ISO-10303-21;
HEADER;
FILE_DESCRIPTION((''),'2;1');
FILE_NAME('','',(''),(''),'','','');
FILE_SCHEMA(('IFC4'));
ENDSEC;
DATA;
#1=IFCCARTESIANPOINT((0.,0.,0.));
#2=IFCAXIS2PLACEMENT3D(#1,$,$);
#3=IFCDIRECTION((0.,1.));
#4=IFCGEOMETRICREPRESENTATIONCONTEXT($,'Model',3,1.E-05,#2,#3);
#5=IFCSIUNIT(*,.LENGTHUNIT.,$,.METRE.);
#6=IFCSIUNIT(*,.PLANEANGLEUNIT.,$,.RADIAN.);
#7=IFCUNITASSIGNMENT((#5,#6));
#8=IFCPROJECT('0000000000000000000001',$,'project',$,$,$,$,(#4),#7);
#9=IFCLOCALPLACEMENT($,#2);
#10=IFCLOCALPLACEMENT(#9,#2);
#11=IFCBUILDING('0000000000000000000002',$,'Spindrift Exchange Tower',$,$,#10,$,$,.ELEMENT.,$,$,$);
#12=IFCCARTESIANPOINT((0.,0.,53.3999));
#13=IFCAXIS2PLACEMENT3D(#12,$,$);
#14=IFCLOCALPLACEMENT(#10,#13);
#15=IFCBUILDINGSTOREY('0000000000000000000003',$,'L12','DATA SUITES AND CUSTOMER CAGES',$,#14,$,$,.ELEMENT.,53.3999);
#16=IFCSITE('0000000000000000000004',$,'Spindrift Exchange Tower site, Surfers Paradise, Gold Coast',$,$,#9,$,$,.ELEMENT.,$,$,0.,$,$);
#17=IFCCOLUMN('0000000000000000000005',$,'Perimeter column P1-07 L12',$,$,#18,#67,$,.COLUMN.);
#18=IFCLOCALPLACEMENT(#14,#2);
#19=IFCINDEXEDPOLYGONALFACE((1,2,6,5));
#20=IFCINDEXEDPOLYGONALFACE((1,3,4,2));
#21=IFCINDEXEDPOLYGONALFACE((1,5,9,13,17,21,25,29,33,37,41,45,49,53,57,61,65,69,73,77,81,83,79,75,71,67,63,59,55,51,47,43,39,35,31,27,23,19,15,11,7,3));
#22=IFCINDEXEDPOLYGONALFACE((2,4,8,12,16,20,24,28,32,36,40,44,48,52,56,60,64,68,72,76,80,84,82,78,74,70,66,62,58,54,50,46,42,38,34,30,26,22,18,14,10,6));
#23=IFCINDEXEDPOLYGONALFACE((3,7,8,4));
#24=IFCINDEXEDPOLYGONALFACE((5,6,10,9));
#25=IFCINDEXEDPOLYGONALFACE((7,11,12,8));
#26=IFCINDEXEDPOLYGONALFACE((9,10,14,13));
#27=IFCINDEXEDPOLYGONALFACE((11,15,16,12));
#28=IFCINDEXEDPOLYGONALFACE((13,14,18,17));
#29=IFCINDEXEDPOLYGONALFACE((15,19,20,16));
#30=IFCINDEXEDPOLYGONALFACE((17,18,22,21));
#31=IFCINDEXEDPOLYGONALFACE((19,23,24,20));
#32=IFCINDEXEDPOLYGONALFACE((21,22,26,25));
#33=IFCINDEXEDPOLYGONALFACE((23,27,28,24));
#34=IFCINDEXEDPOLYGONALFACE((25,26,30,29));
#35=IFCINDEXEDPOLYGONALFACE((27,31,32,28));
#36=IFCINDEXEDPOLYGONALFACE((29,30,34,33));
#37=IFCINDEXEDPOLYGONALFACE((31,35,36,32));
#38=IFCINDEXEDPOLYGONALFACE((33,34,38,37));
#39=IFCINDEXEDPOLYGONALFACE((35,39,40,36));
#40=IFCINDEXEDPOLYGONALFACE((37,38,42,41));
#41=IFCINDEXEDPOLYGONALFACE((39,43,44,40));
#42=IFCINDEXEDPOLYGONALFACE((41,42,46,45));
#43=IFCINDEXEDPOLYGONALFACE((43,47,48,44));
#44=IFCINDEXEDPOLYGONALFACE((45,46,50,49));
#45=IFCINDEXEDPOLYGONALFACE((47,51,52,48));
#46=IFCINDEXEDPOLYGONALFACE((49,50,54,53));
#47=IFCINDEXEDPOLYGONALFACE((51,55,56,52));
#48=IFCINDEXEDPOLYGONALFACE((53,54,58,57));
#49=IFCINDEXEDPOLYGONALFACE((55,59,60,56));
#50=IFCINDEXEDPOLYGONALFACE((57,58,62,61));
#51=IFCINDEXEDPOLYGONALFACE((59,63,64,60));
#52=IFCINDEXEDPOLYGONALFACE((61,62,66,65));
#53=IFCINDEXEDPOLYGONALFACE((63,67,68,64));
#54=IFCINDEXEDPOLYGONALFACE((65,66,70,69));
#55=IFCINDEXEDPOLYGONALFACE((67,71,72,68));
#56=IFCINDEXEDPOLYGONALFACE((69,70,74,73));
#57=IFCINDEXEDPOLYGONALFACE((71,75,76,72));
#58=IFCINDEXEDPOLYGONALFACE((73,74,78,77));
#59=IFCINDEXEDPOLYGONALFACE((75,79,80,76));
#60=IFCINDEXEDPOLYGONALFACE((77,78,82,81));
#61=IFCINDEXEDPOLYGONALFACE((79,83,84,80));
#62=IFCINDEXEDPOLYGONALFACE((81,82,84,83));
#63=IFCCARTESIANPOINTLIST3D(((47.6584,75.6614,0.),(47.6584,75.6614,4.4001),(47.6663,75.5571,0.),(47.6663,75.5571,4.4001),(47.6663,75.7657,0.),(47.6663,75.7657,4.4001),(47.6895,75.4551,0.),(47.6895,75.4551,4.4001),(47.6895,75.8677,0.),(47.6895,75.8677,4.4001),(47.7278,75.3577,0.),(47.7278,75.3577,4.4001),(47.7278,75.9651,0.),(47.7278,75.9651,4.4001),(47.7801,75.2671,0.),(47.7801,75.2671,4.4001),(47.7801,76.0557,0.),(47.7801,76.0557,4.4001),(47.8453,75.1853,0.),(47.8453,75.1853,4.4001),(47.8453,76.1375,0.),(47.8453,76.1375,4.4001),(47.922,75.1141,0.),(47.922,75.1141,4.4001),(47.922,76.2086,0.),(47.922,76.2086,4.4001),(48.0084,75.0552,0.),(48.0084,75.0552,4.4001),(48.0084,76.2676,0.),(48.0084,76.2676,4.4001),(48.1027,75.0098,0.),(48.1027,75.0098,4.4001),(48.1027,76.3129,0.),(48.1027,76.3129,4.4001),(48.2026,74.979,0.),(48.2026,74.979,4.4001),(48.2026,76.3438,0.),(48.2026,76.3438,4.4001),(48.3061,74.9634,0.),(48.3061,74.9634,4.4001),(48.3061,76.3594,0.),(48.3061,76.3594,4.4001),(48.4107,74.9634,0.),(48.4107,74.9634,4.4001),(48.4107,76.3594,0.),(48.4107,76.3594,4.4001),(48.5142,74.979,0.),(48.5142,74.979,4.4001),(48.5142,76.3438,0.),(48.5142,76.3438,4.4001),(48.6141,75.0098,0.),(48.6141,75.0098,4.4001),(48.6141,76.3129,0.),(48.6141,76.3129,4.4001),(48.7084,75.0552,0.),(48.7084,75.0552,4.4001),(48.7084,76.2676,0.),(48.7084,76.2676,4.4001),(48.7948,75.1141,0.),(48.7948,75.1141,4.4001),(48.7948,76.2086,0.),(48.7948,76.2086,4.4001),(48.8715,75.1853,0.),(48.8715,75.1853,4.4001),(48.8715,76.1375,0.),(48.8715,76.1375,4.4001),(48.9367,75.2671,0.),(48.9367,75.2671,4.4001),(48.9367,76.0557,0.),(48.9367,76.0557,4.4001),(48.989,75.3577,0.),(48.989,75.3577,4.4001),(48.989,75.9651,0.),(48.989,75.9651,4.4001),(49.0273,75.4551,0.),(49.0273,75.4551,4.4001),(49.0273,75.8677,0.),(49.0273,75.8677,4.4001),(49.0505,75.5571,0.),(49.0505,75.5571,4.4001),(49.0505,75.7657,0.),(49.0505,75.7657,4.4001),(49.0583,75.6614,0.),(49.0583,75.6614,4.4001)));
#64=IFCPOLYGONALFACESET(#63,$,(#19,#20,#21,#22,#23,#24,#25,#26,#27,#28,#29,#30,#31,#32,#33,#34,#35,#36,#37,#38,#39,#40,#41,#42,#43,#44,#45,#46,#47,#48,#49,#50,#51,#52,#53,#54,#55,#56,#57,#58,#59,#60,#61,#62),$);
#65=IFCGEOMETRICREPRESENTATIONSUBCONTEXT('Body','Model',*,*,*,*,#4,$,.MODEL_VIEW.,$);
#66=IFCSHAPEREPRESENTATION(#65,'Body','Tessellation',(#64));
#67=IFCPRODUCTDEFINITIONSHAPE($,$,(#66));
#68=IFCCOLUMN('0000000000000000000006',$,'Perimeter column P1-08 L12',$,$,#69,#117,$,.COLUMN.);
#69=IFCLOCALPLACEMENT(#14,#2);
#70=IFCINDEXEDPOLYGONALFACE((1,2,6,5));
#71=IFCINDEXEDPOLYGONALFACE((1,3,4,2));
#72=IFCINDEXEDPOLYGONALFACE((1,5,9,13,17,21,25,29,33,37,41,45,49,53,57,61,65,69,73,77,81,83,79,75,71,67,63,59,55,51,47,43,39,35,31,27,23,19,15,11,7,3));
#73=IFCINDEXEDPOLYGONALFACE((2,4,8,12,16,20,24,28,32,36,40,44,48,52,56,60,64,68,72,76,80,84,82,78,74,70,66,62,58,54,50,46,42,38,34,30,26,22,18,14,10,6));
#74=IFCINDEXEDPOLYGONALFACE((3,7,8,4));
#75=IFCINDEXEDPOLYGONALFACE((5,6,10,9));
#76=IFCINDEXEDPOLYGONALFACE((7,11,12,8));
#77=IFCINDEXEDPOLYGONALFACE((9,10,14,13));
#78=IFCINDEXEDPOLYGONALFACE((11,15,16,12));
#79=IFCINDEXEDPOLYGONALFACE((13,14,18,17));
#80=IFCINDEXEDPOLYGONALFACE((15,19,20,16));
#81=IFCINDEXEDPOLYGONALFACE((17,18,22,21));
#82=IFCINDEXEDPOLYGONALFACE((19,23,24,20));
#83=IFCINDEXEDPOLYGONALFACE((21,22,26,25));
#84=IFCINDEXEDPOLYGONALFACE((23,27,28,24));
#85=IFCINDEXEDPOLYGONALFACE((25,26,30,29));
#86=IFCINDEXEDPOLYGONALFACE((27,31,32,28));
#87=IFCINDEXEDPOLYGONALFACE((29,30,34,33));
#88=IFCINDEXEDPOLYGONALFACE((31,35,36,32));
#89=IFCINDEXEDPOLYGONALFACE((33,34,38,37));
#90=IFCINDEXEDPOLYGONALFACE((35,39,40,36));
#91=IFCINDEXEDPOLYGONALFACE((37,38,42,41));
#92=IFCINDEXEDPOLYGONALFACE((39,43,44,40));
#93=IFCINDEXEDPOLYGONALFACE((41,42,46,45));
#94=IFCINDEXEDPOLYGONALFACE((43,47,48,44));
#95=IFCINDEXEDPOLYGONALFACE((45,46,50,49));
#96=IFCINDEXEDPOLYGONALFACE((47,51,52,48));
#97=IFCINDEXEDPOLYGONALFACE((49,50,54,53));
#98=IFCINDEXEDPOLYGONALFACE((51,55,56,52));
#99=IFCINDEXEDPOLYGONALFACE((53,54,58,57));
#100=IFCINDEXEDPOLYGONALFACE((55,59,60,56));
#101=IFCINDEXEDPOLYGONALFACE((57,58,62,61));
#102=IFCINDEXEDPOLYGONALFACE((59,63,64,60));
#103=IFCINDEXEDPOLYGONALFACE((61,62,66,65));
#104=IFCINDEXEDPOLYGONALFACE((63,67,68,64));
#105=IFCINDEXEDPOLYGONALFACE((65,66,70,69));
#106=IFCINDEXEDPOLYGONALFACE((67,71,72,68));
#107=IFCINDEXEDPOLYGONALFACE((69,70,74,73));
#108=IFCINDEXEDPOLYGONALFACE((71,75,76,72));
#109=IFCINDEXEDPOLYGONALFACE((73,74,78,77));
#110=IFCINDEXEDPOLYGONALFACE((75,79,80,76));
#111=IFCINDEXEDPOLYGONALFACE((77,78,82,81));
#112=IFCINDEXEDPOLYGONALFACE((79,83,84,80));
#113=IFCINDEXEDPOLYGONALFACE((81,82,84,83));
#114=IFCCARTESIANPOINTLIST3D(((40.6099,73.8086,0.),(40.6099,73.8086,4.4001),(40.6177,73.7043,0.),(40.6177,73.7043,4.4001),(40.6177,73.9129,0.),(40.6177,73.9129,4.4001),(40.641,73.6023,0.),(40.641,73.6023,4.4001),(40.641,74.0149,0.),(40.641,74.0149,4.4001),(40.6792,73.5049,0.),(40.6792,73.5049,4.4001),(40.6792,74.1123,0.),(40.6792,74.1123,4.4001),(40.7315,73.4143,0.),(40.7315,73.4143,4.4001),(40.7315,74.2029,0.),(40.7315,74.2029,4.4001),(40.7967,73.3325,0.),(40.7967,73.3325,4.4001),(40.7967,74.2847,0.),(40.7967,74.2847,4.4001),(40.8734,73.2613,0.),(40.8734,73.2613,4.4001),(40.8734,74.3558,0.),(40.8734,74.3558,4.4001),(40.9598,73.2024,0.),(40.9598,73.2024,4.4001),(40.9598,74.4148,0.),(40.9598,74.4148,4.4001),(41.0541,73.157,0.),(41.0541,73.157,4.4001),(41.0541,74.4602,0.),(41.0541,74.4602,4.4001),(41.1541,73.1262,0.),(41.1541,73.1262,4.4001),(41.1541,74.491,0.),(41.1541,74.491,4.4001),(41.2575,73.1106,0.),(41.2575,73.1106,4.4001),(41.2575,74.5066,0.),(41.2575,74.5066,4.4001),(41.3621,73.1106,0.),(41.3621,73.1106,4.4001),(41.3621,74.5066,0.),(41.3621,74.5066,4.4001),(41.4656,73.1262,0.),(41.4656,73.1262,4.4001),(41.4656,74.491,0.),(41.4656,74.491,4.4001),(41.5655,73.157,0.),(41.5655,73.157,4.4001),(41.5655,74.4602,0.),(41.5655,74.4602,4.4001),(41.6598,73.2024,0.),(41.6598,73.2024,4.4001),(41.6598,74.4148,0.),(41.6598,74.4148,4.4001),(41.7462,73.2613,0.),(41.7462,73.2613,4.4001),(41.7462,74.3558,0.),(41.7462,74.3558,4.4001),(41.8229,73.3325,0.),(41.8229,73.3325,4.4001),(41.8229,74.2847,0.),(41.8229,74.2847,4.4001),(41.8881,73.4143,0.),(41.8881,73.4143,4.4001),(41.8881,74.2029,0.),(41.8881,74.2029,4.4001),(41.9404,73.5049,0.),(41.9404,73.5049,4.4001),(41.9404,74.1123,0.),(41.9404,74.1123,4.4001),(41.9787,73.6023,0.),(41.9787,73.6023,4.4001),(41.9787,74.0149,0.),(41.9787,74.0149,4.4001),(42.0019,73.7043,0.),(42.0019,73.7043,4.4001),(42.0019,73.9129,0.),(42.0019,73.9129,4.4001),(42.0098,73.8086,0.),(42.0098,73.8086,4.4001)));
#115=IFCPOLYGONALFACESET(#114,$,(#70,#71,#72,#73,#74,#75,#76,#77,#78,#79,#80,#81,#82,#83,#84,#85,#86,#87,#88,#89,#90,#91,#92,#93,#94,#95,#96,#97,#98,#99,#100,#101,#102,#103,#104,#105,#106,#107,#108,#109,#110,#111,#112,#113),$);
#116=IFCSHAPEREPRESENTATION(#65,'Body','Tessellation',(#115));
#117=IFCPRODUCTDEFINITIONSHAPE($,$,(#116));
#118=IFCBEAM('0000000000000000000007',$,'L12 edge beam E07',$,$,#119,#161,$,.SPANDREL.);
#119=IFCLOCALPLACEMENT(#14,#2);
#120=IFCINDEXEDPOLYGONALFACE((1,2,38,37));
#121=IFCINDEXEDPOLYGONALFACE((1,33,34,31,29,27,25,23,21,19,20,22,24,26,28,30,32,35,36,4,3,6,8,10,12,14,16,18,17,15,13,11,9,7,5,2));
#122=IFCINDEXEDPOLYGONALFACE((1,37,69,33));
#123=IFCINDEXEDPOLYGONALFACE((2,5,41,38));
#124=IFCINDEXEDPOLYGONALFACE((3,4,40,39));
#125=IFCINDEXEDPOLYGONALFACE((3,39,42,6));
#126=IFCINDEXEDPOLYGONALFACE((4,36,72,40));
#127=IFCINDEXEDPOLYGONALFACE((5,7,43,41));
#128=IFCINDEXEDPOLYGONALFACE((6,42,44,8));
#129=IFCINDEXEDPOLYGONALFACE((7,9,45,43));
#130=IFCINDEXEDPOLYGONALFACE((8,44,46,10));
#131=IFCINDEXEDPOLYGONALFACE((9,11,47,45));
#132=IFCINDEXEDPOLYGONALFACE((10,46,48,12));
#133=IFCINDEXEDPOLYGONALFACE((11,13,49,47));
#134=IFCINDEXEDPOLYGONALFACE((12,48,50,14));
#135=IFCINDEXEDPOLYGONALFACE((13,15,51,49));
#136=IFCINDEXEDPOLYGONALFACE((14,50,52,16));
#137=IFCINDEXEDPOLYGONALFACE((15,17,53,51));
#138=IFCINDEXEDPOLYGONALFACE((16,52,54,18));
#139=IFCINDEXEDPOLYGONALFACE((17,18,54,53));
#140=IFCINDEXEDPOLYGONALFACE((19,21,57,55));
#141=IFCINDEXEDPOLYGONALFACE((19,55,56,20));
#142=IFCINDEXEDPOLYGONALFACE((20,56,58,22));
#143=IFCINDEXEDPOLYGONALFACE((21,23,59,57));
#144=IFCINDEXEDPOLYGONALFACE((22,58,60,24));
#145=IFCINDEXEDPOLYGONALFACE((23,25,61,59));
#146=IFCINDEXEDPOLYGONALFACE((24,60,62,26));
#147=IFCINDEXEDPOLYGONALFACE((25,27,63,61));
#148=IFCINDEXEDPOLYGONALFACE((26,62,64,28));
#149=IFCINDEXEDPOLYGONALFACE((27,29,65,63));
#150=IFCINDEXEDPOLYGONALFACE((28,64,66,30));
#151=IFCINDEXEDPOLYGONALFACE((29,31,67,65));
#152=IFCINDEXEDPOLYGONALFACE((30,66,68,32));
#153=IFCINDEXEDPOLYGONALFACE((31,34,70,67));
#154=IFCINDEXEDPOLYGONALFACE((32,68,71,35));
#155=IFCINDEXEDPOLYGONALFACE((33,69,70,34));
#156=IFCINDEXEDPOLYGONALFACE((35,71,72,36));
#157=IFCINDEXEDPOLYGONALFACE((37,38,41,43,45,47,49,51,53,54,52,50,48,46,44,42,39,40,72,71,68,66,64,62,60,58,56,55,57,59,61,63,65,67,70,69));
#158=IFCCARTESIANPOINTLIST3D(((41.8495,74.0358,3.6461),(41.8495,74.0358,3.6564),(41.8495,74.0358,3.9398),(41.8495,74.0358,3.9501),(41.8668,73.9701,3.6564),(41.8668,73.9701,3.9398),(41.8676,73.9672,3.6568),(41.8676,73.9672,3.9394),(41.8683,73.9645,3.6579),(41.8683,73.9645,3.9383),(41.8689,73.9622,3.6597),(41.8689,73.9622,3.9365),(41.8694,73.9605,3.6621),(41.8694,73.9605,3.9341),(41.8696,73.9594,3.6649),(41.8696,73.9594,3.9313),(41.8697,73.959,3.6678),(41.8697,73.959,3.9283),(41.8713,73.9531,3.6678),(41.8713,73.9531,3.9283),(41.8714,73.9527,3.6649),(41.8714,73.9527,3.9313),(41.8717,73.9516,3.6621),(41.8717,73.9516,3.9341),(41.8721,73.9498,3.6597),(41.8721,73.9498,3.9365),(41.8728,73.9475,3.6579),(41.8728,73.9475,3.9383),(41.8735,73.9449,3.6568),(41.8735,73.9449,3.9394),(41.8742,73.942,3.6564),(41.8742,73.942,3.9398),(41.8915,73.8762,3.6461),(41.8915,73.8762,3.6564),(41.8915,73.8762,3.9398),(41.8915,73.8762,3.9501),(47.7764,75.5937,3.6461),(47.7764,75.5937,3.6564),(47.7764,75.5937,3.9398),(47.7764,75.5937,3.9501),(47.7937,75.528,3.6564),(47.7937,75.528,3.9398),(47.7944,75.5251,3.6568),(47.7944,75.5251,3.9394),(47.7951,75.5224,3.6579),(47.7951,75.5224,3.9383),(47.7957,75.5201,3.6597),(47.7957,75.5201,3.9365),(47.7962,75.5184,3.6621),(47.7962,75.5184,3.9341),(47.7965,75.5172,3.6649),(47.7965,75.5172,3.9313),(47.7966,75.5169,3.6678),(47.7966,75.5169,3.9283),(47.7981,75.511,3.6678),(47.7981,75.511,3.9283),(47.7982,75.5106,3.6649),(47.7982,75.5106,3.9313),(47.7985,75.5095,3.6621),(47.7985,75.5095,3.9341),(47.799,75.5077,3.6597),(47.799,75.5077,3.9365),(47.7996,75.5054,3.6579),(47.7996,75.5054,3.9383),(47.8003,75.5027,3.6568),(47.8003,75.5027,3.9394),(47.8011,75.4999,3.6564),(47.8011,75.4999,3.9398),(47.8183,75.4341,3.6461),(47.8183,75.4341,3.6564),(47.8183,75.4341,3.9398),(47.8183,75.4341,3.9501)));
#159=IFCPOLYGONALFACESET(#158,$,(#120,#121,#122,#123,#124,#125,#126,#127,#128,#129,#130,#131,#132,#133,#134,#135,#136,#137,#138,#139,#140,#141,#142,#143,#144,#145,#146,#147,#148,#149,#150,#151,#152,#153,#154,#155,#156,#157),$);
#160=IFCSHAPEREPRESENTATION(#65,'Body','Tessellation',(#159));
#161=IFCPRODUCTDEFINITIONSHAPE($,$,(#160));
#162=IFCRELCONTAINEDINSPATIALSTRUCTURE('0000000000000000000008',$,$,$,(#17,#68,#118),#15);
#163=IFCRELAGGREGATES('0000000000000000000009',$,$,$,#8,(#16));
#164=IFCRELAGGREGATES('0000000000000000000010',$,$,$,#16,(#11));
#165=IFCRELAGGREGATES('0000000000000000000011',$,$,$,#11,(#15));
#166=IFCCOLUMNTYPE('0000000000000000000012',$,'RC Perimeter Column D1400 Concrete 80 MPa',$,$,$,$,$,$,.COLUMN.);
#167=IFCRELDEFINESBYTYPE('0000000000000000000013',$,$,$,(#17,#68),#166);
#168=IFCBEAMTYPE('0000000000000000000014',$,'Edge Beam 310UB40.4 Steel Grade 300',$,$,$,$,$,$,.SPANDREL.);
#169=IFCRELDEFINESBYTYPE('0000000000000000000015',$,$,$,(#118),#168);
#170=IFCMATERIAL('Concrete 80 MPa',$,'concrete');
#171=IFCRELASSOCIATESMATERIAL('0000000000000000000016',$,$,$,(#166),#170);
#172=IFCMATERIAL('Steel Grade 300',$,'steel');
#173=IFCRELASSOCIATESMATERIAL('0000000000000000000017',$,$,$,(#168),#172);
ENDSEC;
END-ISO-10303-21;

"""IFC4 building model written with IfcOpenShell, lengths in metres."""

from ifc_helpers import new_model, si_unit, direction, frame, origin, origin_2d, place, context, subcontext, project, spatial, circle, i_section, extrude, source, transform, mapped, material, material_profile, profile_set, type_object, element, save


model = new_model("IFC4")

# Units and contexts
model_context = context("Model", 3, precision=1e-05, world=origin(), true_north=direction((0.0, 1.0)))
body_context = subcontext(model_context, "Body", "Model", "MODEL_VIEW")
ifc_project = project(units=[si_unit("LENGTHUNIT", "METRE"), si_unit("PLANEANGLEUNIT", "RADIAN")], contexts=[model_context])

# Site, building, storey
site_placement = place(None, origin())
site = spatial("IfcSite", under=ifc_project, at=site_placement, Name="Spindrift Exchange Tower site, Surfers Paradise, Gold Coast", CompositionType="ELEMENT", RefElevation=0.0)
building_placement = place(site_placement, origin())
building = spatial("IfcBuilding", under=site, at=building_placement, Name="Spindrift Exchange Tower", CompositionType="ELEMENT")
storey_placement = place(building_placement, frame((0.0, 0.0, 53.3999)))
storey = spatial("IfcBuildingStorey", under=building, at=storey_placement, Name="L12", Description="DATA SUITES AND CUSTOMER CAGES", CompositionType="ELEMENT", Elevation=53.3999)

# Columns
ifc_material_1 = material(Name="Concrete 80 MPa", Category="concrete")
ifc_material_profile_1 = material_profile(ifc_material_1, circle(Radius=0.7, at=origin_2d()), Name="RC D1400")
ifc_profile_set_1 = profile_set([ifc_material_profile_1], Name="Concrete 80 MPa")
column_type = type_object("IfcColumnType", Name="RC Perimeter Column D1400 Concrete 80 MPa", PredefinedType="COLUMN", material=ifc_profile_set_1)
shared_shape_1 = source(origin(), body_context, "Body", "SweptSolid", [
    extrude(circle(Radius=0.7, at=origin_2d()), origin(), (0.0, 0.0, 1.0), 4.4001),
])
for number, where, z_axis, x_axis, name in (
    (1, (48.3584, 75.6614, 0.0), (0.0, 0.0, 1.0), (1.0, 0.0, 0.0), "Perimeter column P1-07 L12"),
    (2, (41.3098, 73.8086, 0.0), (0.0, 0.0, 1.0), (1.0, 0.0, 0.0), "Perimeter column P1-08 L12"),
):
    element("IfcColumn", number, at=place(storey_placement, frame(where, z_axis=z_axis, x_axis=x_axis)), inside=storey, type_object=column_type, Name=name, PredefinedType="COLUMN", context=body_context, shape_type="MappedRepresentation", body=[
        mapped(shared_shape_1, transform((0.0, 0.0, 0.0), scale=1.0)),
    ])

# Beam
ifc_material_2 = material(Name="Steel Grade 300", Category="steel")
ifc_material_profile_2 = material_profile(ifc_material_2, i_section(OverallWidth=0.165, OverallDepth=0.304, WebThickness=0.0061, FlangeThickness=0.0103, FilletRadius=0.0115, at=origin_2d()), Name="310UB40.4")
ifc_profile_set_2 = profile_set([ifc_material_profile_2], Name="Steel Grade 300")
beam_type_1 = type_object("IfcBeamType", Name="Edge Beam 310UB40.4 Steel Grade 300", PredefinedType="SPANDREL", material=ifc_profile_set_2)
shared_shape_2 = source(origin(), body_context, "Body", "SweptSolid", [
    extrude(i_section(OverallWidth=0.165, OverallDepth=0.304, WebThickness=0.0061, FlangeThickness=0.0103, FilletRadius=0.0115, at=origin_2d()), origin(), (0.0, 0.0, 1.0), 6.1282),
])
beam_1_placement = place(storey_placement, frame((47.7974, 75.5139, 3.7981), z_axis=(-0.967147, -0.254217, 0.0), x_axis=(0.254217, -0.967147, 0.0)))
element("IfcBeam", 3, at=beam_1_placement, inside=storey, type_object=beam_type_1, Name="L12 edge beam E07", PredefinedType="SPANDREL", context=body_context, shape_type="MappedRepresentation", body=[
    mapped(shared_shape_2, transform((0.0, 0.0, 0.0), scale=1.0)),
])

save(model, "model.ifc")
